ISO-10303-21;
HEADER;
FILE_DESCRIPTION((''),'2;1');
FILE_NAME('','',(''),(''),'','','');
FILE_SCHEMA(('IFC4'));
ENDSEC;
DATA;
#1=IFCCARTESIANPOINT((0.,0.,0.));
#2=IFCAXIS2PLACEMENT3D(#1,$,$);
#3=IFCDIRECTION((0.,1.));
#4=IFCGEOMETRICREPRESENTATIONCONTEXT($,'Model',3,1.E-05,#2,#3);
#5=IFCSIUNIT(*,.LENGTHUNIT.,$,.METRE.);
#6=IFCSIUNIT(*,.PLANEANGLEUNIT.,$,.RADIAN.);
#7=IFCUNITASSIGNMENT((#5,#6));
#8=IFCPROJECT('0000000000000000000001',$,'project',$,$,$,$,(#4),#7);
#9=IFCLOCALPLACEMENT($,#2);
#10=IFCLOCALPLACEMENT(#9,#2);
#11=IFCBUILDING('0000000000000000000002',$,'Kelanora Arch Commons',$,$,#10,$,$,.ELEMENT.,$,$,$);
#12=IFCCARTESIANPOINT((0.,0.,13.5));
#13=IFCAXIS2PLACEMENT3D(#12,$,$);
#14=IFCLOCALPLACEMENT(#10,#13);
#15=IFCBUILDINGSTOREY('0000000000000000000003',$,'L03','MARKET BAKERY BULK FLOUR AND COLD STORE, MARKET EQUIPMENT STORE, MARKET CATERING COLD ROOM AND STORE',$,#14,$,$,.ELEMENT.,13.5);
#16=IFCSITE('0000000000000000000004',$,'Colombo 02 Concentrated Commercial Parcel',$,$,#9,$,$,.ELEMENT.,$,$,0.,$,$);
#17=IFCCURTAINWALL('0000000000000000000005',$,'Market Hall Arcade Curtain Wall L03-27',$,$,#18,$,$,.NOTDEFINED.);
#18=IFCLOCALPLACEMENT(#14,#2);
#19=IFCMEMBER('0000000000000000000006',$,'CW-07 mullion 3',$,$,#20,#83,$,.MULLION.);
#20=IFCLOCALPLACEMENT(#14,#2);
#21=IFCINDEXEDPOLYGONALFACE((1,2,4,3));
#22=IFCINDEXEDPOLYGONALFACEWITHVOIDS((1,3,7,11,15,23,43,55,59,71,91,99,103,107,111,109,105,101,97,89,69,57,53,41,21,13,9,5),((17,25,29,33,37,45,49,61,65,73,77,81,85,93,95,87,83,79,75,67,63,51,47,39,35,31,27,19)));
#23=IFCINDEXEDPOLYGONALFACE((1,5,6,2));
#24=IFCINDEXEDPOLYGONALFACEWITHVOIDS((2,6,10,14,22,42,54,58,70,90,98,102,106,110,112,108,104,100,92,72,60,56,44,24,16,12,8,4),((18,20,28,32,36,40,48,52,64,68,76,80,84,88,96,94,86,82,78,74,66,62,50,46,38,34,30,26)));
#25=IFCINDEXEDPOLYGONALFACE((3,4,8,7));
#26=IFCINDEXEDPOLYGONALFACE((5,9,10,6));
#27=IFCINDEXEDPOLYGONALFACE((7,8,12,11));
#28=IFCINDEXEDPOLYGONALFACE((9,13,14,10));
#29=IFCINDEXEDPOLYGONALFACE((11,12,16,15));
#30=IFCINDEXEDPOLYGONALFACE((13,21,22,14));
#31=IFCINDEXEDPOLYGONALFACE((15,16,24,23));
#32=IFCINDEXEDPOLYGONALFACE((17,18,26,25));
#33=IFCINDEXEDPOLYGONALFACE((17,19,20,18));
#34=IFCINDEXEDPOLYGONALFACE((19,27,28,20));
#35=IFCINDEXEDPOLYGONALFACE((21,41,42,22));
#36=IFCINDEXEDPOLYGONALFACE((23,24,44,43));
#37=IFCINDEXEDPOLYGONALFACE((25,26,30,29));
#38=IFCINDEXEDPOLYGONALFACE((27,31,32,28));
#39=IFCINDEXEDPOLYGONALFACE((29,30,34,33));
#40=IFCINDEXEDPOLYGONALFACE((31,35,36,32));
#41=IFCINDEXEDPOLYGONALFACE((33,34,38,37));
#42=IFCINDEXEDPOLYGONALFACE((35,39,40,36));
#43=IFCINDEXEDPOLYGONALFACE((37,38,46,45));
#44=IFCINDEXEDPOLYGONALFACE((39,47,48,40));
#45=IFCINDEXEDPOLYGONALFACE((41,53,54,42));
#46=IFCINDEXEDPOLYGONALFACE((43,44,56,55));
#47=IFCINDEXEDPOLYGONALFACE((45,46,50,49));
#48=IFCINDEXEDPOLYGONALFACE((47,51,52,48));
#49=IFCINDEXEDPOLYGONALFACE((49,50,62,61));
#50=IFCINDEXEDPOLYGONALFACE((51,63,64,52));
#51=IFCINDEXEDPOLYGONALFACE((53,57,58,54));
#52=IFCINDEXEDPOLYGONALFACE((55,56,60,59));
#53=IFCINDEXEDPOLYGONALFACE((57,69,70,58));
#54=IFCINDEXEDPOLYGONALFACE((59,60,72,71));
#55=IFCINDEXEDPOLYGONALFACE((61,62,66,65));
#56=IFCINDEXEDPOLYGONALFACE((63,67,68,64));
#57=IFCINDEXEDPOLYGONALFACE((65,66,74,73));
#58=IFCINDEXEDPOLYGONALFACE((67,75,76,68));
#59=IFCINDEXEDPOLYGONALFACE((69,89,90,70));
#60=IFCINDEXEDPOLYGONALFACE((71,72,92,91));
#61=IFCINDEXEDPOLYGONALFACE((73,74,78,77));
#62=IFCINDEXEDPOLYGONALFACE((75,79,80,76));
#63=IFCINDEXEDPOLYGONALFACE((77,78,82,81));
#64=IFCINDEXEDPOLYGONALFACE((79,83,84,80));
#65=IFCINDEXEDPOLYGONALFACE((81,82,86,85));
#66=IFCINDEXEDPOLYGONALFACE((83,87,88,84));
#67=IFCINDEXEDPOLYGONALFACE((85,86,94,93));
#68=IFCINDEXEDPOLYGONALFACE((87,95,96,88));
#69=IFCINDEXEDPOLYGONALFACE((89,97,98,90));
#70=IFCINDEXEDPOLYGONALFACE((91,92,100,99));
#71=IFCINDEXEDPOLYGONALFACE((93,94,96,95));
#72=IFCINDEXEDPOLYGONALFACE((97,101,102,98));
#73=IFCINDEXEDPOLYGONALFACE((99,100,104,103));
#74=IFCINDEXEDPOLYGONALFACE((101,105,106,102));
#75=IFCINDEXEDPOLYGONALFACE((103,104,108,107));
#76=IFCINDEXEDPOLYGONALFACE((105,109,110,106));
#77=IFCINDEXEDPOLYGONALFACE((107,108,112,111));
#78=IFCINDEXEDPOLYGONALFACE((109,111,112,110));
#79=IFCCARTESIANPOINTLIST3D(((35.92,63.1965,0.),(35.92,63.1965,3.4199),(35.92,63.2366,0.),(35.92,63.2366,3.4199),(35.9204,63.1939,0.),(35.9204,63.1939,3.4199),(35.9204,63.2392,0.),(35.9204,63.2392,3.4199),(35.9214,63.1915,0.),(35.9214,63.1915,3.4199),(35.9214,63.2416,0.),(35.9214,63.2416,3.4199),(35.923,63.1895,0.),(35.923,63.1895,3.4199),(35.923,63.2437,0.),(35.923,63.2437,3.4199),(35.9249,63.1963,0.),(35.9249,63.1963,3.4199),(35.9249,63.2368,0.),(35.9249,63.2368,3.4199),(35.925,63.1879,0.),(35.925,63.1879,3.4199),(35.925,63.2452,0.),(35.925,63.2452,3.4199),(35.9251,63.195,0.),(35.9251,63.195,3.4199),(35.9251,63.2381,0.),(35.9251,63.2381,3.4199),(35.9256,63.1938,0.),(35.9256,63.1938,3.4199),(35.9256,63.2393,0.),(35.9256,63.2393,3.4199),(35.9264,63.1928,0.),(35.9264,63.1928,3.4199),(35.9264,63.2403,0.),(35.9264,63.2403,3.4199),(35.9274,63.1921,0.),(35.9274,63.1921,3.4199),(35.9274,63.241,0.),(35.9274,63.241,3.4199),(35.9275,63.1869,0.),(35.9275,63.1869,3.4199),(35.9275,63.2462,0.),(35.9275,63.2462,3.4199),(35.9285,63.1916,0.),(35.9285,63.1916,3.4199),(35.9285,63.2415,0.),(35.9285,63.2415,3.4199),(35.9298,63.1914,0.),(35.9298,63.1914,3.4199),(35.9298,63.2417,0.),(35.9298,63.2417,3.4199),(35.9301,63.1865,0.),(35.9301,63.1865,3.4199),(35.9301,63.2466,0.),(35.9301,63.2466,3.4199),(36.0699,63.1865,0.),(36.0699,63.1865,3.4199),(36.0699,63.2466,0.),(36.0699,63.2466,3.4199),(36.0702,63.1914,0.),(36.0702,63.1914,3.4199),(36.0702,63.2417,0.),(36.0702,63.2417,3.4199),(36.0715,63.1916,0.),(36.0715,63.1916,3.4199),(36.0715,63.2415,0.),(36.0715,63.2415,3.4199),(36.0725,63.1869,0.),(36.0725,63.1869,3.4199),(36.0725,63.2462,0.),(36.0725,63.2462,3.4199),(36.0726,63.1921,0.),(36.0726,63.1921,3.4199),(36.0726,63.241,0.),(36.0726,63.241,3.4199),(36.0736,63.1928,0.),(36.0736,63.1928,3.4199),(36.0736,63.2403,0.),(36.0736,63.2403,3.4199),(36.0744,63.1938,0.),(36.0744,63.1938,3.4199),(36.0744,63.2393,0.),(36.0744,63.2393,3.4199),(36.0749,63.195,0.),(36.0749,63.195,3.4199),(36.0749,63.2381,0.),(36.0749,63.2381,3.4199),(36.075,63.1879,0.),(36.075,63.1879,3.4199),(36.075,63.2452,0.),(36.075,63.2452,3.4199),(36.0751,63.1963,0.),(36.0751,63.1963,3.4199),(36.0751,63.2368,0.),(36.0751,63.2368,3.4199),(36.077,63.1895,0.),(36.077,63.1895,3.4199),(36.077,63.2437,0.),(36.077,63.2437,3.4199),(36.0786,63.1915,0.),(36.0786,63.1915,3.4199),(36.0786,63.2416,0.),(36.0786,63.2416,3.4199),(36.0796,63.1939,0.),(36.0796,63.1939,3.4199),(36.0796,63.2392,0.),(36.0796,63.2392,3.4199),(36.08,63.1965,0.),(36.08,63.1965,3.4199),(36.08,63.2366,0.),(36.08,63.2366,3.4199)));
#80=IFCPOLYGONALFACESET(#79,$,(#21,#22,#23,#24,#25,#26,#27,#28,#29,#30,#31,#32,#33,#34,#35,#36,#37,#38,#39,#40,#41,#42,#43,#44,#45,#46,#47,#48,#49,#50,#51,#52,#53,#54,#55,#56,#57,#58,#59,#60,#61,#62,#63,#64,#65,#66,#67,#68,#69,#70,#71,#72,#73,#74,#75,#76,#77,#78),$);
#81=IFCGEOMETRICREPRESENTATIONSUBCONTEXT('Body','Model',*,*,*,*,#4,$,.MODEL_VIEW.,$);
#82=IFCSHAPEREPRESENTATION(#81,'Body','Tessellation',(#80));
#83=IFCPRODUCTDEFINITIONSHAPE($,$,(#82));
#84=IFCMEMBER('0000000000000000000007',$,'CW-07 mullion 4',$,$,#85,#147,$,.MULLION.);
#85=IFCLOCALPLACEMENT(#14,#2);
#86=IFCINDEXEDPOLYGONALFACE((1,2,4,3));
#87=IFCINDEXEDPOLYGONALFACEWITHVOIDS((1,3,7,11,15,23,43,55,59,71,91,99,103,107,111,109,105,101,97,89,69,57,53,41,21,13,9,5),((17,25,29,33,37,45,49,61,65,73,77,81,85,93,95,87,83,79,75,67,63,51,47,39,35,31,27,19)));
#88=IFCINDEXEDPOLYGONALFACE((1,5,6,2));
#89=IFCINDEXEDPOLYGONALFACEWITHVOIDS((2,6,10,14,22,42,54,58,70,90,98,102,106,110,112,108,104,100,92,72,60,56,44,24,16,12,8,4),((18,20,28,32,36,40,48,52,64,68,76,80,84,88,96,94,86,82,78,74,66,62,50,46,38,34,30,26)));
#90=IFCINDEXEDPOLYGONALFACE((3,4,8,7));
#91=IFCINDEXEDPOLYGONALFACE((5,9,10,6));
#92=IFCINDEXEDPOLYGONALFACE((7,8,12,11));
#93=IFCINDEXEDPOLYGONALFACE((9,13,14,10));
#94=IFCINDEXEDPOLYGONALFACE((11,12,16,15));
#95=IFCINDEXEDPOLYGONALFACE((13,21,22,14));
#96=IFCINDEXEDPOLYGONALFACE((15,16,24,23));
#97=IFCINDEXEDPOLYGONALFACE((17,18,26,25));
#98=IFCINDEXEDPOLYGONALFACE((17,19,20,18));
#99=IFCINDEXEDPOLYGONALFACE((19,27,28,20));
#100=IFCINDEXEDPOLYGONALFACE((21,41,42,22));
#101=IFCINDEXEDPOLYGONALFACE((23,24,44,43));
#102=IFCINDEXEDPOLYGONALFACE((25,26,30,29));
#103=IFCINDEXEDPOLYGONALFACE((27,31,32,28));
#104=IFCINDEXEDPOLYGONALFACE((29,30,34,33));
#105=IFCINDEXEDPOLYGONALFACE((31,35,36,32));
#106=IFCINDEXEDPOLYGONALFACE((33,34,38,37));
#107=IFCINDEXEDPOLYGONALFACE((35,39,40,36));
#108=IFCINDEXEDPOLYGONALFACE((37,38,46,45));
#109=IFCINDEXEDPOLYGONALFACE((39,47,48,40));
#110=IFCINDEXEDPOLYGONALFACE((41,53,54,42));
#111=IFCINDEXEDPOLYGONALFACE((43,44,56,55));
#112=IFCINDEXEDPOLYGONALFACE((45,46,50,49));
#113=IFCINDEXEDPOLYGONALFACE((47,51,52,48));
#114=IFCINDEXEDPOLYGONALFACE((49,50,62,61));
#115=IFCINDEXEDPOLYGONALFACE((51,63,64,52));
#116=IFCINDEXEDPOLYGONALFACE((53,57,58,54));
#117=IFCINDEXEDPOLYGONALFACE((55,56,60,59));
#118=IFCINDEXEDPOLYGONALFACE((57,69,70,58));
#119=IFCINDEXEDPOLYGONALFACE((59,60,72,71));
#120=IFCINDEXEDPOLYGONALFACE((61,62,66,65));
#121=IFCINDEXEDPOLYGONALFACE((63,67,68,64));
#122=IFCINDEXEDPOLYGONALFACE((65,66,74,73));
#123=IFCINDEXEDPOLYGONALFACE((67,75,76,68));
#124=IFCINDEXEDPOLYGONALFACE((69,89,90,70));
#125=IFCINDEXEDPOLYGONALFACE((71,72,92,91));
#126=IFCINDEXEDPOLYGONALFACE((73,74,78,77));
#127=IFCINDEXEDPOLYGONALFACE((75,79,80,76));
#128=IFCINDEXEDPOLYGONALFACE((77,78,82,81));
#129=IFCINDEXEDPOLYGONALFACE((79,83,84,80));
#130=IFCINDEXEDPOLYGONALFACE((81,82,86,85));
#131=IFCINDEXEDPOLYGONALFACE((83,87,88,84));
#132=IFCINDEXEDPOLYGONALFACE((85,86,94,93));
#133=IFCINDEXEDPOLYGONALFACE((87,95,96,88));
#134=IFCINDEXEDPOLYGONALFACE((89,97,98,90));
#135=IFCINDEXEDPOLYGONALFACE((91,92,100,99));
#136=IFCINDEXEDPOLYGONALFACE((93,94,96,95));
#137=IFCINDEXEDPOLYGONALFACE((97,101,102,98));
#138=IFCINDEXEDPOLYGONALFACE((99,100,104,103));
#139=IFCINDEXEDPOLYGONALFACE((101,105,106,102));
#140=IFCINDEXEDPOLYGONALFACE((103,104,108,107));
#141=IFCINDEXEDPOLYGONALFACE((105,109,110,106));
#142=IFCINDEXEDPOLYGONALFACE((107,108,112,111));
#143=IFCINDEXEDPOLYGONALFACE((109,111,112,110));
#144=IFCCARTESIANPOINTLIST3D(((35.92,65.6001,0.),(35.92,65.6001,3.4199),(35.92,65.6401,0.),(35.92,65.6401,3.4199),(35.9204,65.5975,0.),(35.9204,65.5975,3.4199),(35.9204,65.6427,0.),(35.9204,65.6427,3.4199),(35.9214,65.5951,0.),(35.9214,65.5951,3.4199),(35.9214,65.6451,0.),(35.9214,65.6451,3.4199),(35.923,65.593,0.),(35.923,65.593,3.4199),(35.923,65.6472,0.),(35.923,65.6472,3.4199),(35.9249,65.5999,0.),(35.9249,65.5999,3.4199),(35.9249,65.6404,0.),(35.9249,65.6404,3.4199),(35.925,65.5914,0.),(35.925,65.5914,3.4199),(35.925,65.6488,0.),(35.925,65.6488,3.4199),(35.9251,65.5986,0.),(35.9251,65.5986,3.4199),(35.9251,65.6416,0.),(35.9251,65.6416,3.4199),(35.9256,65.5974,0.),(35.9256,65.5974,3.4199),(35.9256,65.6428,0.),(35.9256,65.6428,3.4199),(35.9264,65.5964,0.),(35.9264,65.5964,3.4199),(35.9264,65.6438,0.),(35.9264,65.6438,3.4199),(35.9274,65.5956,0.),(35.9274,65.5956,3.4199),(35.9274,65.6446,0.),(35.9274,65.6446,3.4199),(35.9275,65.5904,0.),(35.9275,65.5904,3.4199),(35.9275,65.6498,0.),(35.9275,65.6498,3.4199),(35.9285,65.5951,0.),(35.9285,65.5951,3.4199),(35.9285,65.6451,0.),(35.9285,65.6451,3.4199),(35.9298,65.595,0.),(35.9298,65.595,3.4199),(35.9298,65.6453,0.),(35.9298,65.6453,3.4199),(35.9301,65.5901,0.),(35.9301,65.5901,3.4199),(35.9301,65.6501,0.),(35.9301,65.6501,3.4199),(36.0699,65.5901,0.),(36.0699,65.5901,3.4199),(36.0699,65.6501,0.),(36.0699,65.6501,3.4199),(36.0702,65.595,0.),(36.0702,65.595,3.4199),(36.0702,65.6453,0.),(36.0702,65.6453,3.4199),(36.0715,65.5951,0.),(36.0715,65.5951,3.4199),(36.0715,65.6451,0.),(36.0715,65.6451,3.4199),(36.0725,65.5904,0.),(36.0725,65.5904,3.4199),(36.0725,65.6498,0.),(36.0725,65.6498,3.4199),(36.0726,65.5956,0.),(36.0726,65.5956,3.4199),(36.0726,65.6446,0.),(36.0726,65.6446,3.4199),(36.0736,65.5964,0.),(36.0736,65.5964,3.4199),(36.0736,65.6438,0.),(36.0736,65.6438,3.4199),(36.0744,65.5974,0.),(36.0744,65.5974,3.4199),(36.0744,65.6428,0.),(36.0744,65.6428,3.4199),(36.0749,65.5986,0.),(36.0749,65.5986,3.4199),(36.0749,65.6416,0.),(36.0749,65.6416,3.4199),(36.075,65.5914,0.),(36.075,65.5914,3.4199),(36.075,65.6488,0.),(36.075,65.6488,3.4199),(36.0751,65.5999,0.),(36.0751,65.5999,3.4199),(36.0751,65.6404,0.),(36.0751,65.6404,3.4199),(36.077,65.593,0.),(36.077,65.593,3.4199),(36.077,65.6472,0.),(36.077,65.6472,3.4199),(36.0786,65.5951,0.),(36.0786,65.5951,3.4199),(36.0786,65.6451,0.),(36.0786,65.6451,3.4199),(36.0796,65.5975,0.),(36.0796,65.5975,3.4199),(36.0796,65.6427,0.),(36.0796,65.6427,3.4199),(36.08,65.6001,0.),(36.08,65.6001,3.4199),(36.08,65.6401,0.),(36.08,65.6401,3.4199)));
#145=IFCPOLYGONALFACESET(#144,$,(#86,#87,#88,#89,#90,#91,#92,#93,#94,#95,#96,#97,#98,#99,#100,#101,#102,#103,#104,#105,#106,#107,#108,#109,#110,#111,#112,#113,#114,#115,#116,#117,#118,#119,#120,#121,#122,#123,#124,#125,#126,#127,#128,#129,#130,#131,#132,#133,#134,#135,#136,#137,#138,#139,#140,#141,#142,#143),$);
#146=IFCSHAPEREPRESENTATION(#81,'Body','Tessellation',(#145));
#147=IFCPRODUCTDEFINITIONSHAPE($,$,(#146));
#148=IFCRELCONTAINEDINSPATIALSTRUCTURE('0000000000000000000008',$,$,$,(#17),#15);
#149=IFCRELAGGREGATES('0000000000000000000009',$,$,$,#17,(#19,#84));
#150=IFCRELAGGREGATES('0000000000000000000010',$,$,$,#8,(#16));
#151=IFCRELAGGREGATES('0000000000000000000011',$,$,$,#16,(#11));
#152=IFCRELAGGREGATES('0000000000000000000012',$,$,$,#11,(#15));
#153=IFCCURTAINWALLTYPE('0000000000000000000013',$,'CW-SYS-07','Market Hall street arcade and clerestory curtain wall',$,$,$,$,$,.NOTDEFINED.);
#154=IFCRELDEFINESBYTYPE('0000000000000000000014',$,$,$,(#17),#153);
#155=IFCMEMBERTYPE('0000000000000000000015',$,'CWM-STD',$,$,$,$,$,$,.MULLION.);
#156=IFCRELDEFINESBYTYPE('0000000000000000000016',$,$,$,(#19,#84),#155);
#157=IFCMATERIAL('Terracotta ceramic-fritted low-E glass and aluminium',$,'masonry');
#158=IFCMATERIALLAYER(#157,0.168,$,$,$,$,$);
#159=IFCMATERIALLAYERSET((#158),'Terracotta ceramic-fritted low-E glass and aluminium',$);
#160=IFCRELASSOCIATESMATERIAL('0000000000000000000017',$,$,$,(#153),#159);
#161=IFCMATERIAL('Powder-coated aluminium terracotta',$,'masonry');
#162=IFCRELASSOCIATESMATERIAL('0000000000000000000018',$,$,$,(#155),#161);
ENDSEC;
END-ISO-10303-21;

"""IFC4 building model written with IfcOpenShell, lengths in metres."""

from ifc_helpers import new_model, si_unit, direction, frame, origin, origin_2d, place, context, subcontext, project, spatial, hollow_rectangle, extrude, material, layer, layer_set, material_profile, profile_set, type_object, element, aggregate, save


model = new_model("IFC4")

# Units and contexts
model_context = context("Model", 3, precision=1e-05, world=origin(), true_north=direction((0.0, 1.0)))
body_context = subcontext(model_context, "Body", "Model", "MODEL_VIEW")
ifc_project = project(units=[si_unit("LENGTHUNIT", "METRE"), si_unit("PLANEANGLEUNIT", "RADIAN")], contexts=[model_context])

# Site, building, storey
site_placement = place(None, origin())
site = spatial("IfcSite", under=ifc_project, at=site_placement, Name="Colombo 02 Concentrated Commercial Parcel", CompositionType="ELEMENT", RefElevation=0.0)
building_placement = place(site_placement, origin())
building = spatial("IfcBuilding", under=site, at=building_placement, Name="Kelanora Arch Commons", CompositionType="ELEMENT")
storey_placement = place(building_placement, frame((0.0, 0.0, 13.5)))
storey = spatial("IfcBuildingStorey", under=building, at=storey_placement, Name="L03", Description="MARKET BAKERY BULK FLOUR AND COLD STORE, MARKET EQUIPMENT STORE, MARKET CATERING COLD ROOM AND STORE", CompositionType="ELEMENT", Elevation=13.5)

# Curtain wall, members
ifc_material_1 = material(Name="Terracotta ceramic-fritted low-E glass and aluminium", Category="masonry")
ifc_layer_1 = layer(ifc_material_1, 0.168)
ifc_layer_set_1 = layer_set([ifc_layer_1], Name="Terracotta ceramic-fritted low-E glass and aluminium")
curtain_wall_type = type_object("IfcCurtainWallType", Name="CW-SYS-07", Description="Market Hall street arcade and clerestory curtain wall", PredefinedType="NOTDEFINED", material=ifc_layer_set_1)
curtain_wall_placement = place(storey_placement, origin())
curtain_wall = element("IfcCurtainWall", 1, at=curtain_wall_placement, inside=storey, type_object=curtain_wall_type, Name="Market Hall Arcade Curtain Wall L03-27", PredefinedType="NOTDEFINED")
ifc_material_2 = material(Name="Powder-coated aluminium terracotta", Category="masonry")
ifc_material_profile_1 = material_profile(ifc_material_2, hollow_rectangle(XDim=0.1599, YDim=0.0601, WallThickness=0.0049, InnerFilletRadius=0.0049, OuterFilletRadius=0.01, at=origin_2d()), Name="CWM160x60")
ifc_profile_set_1 = profile_set([ifc_material_profile_1], Name="Powder-coated aluminium terracotta")
member_type_1 = type_object("IfcMemberType", Name="CWM-STD", PredefinedType="MULLION", material=ifc_profile_set_1)
member_1_placement = place(storey_placement, frame((36.0, 63.2166, 0.0), z_axis=(0.0, 0.0, 1.0), x_axis=(-1.0, 0.0, 0.0)))
member_1 = element("IfcMember", 2, at=member_1_placement, type_object=member_type_1, Name="CW-07 mullion 3", PredefinedType="MULLION", context=body_context, shape_type="SweptSolid", body=[
    extrude(hollow_rectangle(XDim=0.1599, YDim=0.0601, WallThickness=0.0049, InnerFilletRadius=0.0049, OuterFilletRadius=0.01, at=origin_2d()), origin(), (0.0, 0.0, 1.0), 3.4199),
])
member_2_placement = place(storey_placement, frame((36.0, 65.6201, 0.0), z_axis=(0.0, 0.0, 1.0), x_axis=(-1.0, 0.0, 0.0)))
member_2 = element("IfcMember", 3, at=member_2_placement, type_object=member_type_1, Name="CW-07 mullion 4", PredefinedType="MULLION", context=body_context, shape_type="SweptSolid", body=[
    extrude(hollow_rectangle(XDim=0.1599, YDim=0.0601, WallThickness=0.0049, InnerFilletRadius=0.0049, OuterFilletRadius=0.01, at=origin_2d()), origin(), (0.0, 0.0, 1.0), 3.4199),
])
aggregate(curtain_wall, [member_1, member_2])

save(model, "model.ifc")
